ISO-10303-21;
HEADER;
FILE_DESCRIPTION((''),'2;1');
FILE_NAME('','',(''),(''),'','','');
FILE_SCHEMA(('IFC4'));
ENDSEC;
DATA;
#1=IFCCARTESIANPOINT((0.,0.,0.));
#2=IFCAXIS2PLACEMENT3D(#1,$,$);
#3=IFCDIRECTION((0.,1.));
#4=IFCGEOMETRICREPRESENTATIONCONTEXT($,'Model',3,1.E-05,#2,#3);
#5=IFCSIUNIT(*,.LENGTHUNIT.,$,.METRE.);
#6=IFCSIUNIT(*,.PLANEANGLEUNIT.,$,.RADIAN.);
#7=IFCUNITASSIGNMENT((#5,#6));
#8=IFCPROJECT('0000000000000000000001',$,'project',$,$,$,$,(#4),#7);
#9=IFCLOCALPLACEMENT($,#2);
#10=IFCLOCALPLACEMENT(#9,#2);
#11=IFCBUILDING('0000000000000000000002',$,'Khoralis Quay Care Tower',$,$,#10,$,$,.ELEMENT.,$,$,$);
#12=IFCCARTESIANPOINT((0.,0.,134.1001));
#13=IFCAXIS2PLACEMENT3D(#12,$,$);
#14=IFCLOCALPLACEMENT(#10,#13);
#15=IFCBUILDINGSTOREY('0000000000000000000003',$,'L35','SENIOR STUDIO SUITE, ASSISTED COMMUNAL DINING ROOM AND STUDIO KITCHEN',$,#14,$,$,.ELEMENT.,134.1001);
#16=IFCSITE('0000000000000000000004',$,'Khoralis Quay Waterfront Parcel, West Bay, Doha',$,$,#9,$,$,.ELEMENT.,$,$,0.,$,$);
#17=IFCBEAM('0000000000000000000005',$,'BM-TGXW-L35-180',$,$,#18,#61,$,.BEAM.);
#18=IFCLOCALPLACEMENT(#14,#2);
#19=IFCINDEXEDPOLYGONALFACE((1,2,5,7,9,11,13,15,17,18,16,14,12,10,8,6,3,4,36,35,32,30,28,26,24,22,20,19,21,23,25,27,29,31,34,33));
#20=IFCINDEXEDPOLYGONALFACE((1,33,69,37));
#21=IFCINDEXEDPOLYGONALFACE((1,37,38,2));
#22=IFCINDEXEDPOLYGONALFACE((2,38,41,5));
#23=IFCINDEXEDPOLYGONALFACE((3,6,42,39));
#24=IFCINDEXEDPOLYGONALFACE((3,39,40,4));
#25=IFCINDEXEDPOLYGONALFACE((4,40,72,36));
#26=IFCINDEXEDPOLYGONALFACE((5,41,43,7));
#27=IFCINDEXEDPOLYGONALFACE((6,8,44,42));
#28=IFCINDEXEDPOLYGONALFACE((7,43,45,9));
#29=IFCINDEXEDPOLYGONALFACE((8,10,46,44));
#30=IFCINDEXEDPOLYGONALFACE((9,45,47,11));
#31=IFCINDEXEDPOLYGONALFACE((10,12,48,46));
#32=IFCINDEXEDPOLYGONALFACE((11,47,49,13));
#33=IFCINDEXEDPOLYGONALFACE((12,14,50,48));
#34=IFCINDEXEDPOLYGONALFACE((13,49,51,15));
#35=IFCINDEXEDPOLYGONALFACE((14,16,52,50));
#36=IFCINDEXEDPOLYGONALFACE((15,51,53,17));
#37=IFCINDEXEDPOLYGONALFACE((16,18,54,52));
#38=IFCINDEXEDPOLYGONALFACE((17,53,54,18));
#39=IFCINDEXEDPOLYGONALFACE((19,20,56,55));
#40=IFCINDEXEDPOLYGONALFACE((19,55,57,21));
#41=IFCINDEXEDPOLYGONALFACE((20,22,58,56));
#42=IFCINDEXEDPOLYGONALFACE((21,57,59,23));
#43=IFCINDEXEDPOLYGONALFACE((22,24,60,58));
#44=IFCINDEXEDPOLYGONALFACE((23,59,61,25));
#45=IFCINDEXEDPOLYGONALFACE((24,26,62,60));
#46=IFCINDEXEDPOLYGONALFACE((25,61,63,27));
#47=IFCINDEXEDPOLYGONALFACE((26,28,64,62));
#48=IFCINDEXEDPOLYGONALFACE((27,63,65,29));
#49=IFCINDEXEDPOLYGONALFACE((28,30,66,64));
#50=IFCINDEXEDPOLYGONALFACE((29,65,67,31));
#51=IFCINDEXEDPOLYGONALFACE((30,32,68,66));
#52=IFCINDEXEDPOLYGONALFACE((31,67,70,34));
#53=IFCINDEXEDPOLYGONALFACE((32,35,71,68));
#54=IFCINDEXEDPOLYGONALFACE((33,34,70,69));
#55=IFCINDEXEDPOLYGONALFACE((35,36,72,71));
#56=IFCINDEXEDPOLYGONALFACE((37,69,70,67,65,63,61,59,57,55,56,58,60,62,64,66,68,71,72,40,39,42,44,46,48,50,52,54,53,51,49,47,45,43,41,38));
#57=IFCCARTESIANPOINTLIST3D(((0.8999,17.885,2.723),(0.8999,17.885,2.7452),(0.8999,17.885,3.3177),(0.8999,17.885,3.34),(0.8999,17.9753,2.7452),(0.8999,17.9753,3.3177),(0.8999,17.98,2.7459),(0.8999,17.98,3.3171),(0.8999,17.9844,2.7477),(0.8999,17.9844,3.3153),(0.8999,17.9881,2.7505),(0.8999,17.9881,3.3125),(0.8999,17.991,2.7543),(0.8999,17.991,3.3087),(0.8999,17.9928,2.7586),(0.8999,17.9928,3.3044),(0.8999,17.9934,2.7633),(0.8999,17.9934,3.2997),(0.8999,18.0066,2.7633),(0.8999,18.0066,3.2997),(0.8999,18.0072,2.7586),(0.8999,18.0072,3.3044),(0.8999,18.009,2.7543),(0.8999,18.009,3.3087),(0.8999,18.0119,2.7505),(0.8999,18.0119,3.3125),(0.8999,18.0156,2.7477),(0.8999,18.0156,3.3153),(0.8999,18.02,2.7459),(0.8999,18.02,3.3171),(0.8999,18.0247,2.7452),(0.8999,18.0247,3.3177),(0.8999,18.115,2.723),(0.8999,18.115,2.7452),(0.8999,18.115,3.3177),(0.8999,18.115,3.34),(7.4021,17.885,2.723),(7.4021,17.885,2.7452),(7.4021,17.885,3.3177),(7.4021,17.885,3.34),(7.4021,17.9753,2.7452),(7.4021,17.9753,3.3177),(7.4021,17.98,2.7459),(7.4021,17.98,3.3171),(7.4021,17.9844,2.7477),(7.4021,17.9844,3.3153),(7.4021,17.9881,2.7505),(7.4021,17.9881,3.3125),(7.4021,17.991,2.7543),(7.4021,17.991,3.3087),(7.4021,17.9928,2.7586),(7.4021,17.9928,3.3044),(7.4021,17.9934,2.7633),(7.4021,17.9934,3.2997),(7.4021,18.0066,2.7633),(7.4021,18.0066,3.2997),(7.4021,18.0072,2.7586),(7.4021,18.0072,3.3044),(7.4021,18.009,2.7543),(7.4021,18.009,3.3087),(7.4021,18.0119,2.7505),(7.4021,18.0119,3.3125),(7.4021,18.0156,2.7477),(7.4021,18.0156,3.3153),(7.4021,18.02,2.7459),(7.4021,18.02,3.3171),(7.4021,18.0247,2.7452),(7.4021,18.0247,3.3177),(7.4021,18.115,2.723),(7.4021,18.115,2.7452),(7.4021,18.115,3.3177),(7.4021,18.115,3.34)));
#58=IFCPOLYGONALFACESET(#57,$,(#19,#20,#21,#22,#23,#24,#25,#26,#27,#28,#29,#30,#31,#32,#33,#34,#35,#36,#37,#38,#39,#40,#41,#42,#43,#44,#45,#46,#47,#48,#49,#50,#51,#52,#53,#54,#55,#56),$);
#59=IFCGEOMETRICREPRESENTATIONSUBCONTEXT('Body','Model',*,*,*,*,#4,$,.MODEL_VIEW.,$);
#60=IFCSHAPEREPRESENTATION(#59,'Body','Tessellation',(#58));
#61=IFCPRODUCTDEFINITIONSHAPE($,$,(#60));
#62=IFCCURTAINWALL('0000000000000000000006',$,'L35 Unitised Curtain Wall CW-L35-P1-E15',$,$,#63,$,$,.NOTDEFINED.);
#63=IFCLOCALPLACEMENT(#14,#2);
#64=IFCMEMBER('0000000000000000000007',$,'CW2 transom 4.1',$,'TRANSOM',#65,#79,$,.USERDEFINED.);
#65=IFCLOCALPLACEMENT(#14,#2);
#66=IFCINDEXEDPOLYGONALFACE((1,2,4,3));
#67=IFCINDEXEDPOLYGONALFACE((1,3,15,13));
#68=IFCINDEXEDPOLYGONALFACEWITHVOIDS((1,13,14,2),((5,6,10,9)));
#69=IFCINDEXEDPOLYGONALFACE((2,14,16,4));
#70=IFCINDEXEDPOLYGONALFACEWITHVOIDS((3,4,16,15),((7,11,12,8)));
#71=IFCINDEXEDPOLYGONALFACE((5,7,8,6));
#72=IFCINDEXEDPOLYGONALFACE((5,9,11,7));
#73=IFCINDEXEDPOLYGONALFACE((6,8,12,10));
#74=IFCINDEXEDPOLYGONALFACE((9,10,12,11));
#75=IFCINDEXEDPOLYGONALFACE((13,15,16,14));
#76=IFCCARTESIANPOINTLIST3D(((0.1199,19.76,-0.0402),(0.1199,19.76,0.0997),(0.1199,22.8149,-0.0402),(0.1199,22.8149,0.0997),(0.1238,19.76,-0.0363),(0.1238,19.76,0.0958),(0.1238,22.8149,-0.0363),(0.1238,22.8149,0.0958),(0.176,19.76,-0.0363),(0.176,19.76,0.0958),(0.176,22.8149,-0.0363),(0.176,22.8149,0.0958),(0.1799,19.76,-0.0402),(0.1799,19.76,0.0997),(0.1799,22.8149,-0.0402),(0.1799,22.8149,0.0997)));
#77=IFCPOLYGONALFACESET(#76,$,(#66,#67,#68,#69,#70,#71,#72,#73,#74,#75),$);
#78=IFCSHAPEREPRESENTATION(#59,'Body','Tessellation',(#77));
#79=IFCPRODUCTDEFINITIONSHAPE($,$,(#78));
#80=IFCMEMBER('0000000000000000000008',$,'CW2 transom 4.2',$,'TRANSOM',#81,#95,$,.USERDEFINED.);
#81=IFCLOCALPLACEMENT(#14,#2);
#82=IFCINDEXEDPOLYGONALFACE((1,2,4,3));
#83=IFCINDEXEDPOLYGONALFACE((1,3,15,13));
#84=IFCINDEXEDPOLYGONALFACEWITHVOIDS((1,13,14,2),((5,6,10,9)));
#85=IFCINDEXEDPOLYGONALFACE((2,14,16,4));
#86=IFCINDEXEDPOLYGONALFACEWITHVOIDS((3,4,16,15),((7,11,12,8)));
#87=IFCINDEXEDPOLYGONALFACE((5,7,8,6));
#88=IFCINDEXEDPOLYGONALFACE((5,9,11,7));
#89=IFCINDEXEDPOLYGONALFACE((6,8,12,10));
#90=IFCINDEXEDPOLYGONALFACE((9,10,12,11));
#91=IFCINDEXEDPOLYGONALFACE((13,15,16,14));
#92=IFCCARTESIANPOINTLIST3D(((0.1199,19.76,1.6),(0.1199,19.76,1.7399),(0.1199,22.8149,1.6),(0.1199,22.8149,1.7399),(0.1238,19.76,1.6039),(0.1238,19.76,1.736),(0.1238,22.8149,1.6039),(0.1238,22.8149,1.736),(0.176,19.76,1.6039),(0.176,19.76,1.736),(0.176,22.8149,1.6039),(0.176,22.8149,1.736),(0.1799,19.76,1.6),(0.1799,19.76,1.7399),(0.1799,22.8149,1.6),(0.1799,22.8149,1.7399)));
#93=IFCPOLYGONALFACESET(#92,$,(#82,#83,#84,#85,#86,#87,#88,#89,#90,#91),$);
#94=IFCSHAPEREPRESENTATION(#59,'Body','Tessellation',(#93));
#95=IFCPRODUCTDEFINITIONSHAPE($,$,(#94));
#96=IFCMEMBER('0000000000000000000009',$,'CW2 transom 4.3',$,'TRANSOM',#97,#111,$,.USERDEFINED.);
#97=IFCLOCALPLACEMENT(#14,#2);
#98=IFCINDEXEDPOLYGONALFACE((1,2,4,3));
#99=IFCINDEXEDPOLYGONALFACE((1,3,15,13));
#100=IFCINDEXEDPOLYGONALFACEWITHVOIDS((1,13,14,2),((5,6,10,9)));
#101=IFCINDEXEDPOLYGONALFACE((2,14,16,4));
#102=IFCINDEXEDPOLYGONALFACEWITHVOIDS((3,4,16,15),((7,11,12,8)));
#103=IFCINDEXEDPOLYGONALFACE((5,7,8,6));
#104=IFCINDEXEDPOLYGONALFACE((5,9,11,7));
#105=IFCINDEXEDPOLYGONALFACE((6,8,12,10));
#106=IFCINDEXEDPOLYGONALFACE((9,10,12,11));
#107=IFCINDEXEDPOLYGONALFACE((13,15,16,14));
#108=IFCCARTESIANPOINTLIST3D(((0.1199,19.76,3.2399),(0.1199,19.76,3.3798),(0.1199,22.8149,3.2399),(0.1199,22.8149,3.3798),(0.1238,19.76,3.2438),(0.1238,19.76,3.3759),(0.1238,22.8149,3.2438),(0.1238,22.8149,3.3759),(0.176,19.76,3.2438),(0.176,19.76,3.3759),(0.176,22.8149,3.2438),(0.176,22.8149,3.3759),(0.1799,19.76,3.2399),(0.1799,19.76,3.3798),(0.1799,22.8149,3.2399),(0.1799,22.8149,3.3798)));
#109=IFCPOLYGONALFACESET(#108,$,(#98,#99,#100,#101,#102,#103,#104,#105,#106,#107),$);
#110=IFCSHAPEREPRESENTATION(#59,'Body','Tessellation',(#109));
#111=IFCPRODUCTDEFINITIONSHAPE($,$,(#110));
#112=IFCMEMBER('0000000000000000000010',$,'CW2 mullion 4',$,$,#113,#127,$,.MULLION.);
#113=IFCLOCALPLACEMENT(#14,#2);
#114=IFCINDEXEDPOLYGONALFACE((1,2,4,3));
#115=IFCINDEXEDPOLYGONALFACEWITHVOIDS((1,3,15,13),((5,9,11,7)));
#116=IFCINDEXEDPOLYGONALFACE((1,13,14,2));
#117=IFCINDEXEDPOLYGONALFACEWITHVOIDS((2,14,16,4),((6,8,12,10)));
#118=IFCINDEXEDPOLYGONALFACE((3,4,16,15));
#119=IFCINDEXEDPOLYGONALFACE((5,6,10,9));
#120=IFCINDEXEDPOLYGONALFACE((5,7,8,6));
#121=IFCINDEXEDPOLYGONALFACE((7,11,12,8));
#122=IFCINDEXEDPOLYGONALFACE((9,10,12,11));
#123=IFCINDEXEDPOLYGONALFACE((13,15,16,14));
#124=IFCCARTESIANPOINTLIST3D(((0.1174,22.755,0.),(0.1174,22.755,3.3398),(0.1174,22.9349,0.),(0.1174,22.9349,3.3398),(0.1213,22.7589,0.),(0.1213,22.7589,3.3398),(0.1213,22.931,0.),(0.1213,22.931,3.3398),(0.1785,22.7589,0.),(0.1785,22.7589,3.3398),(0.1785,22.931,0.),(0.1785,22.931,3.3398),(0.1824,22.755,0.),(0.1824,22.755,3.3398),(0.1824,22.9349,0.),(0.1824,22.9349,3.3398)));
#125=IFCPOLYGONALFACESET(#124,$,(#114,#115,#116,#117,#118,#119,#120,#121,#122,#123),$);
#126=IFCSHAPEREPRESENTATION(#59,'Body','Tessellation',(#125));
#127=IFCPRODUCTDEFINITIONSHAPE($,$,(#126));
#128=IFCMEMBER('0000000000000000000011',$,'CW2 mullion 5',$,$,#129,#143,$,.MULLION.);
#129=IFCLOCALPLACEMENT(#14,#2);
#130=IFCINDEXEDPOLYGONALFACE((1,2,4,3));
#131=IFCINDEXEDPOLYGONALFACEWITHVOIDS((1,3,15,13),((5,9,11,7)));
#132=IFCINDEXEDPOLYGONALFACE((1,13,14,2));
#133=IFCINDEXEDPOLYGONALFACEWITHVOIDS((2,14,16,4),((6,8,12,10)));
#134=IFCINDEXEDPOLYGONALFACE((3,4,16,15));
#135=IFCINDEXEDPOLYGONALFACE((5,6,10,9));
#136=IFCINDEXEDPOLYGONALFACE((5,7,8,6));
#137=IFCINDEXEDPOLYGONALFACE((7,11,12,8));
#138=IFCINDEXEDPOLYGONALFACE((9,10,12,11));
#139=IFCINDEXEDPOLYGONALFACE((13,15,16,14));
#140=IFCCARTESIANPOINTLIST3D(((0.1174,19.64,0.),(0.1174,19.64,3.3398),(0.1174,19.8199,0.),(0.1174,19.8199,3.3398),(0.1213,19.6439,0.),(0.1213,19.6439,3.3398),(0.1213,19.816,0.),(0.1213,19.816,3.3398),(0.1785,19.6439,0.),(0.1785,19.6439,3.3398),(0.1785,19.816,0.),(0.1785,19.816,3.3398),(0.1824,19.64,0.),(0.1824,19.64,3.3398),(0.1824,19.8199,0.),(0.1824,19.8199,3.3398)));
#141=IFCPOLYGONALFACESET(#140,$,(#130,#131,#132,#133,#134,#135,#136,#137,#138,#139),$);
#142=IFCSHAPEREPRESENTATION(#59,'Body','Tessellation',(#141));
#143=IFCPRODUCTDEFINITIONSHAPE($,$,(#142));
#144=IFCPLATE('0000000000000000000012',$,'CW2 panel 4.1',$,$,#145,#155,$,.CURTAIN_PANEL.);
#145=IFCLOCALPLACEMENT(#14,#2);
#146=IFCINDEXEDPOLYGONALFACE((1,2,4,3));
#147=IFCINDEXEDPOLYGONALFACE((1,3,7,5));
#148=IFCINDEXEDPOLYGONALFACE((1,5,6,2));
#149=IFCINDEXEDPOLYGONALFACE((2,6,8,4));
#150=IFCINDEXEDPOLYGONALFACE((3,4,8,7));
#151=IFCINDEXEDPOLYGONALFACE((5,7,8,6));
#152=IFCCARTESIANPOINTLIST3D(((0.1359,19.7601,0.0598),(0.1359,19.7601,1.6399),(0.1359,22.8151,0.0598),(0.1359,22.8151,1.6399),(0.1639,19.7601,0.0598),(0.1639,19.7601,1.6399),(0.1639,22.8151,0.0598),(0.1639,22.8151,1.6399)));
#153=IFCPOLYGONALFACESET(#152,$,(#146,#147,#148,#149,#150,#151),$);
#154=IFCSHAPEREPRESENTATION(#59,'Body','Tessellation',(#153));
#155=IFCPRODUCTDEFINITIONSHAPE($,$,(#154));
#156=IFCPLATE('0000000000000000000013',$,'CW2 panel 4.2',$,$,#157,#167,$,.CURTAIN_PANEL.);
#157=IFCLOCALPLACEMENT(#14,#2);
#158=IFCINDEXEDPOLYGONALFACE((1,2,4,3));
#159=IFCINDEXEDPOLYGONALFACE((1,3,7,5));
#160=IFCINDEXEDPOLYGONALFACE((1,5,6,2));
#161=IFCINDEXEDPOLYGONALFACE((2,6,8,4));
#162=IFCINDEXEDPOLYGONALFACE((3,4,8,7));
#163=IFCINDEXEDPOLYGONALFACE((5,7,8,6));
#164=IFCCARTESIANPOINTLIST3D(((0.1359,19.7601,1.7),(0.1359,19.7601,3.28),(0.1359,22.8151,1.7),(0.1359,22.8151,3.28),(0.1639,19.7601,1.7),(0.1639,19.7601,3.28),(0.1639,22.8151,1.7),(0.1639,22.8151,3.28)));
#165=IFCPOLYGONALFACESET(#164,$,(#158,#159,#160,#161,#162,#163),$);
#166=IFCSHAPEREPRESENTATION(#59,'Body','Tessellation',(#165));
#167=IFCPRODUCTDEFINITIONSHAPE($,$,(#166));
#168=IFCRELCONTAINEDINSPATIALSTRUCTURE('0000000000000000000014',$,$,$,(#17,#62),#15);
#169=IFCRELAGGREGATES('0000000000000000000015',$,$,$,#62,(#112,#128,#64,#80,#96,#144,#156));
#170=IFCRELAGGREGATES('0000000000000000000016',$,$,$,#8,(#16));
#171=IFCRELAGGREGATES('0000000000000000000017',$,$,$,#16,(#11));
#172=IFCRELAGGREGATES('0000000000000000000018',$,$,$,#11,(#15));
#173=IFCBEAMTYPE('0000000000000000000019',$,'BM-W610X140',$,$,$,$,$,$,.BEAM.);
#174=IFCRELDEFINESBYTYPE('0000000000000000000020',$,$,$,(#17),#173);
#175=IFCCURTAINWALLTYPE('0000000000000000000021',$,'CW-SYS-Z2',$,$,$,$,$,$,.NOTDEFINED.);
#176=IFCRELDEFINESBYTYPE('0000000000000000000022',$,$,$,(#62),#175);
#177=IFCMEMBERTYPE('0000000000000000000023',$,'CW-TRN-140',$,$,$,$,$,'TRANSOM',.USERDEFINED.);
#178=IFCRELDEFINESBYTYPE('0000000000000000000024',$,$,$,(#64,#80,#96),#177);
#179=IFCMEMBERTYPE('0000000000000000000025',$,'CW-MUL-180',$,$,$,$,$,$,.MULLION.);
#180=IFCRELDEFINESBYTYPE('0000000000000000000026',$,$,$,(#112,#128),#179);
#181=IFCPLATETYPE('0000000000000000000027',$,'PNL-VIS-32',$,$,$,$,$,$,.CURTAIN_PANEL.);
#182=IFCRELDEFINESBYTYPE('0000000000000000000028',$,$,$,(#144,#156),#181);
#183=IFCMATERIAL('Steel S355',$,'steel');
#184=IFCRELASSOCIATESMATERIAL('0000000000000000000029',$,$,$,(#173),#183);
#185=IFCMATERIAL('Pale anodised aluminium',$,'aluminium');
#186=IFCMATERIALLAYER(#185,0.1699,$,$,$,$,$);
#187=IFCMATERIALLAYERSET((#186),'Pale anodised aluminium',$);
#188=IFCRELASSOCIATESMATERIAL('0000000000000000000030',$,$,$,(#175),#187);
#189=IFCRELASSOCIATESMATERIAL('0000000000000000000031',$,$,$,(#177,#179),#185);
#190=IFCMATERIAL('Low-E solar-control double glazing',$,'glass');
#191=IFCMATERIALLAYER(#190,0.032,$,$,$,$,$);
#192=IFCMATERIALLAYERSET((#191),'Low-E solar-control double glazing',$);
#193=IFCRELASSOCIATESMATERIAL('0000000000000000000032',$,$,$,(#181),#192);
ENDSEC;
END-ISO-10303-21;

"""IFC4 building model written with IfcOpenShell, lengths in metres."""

from ifc_helpers import new_model, si_unit, direction, frame, origin, origin_2d, place, context, subcontext, project, spatial, rectangle, hollow_rectangle, i_section, extrude, source, transform, mapped, material, layer, layer_set, material_profile, profile_set, type_object, element, aggregate, save


model = new_model("IFC4")

# Units and contexts
model_context = context("Model", 3, precision=1e-05, world=origin(), true_north=direction((0.0, 1.0)))
body_context = subcontext(model_context, "Body", "Model", "MODEL_VIEW")
ifc_project = project(units=[si_unit("LENGTHUNIT", "METRE"), si_unit("PLANEANGLEUNIT", "RADIAN")], contexts=[model_context])

# Site, building, storey
site_placement = place(None, origin())
site = spatial("IfcSite", under=ifc_project, at=site_placement, Name="Khoralis Quay Waterfront Parcel, West Bay, Doha", CompositionType="ELEMENT", RefElevation=0.0)
building_placement = place(site_placement, origin())
building = spatial("IfcBuilding", under=site, at=building_placement, Name="Khoralis Quay Care Tower", CompositionType="ELEMENT")
storey_placement = place(building_placement, frame((0.0, 0.0, 134.1001)))
storey = spatial("IfcBuildingStorey", under=building, at=storey_placement, Name="L35", Description="SENIOR STUDIO SUITE, ASSISTED COMMUNAL DINING ROOM AND STUDIO KITCHEN", CompositionType="ELEMENT", Elevation=134.1001)

# Beam
ifc_material_1 = material(Name="Steel S355", Category="steel")
ifc_material_profile_1 = material_profile(ifc_material_1, i_section(OverallWidth=0.23, OverallDepth=0.6169, WebThickness=0.0132, FlangeThickness=0.0222, FilletRadius=0.0181, at=origin_2d()), Name="Steel S355")
ifc_profile_set_1 = profile_set([ifc_material_profile_1], Name="Steel S355")
beam_type_1 = type_object("IfcBeamType", Name="BM-W610X140", PredefinedType="BEAM", material=ifc_profile_set_1)
shared_shape_1 = source(origin(), body_context, "Body", "SweptSolid", [
    extrude(i_section(OverallWidth=0.23, OverallDepth=0.6169, WebThickness=0.0132, FlangeThickness=0.0222, FilletRadius=0.0181, at=origin_2d()), origin(), (0.0, 0.0, 1.0), 6.5022),
])
beam_1_placement = place(storey_placement, frame((0.8999, 18.0, 3.0315), z_axis=(1.0, 0.0, 0.0), x_axis=(0.0, 1.0, 0.0)))
element("IfcBeam", 1, at=beam_1_placement, inside=storey, type_object=beam_type_1, Name="BM-TGXW-L35-180", PredefinedType="BEAM", context=body_context, shape_type="MappedRepresentation", body=[
    mapped(shared_shape_1, transform((0.0, 0.0, 0.0), scale=1.0)),
])

# Curtain wall, members, plates
ifc_material_2 = material(Name="Pale anodised aluminium", Category="aluminium")
ifc_layer_1 = layer(ifc_material_2, 0.1699)
ifc_layer_set_1 = layer_set([ifc_layer_1], Name="Pale anodised aluminium")
curtain_wall_type = type_object("IfcCurtainWallType", Name="CW-SYS-Z2", PredefinedType="NOTDEFINED", material=ifc_layer_set_1)
curtain_wall_placement = place(storey_placement, origin())
curtain_wall = element("IfcCurtainWall", 2, at=curtain_wall_placement, inside=storey, type_object=curtain_wall_type, Name="L35 Unitised Curtain Wall CW-L35-P1-E15", PredefinedType="NOTDEFINED")
ifc_material_profile_2 = material_profile(ifc_material_2, hollow_rectangle(XDim=0.0601, YDim=0.1399, WallThickness=0.0039, at=origin_2d()), Name="Pale anodised aluminium")
ifc_profile_set_2 = profile_set([ifc_material_profile_2], Name="Pale anodised aluminium")
member_type_1 = type_object("IfcMemberType", Name="CW-TRN-140", ElementType="TRANSOM", PredefinedType="USERDEFINED", material=ifc_profile_set_2)
shared_shape_2 = source(origin(), body_context, "Body", "SweptSolid", [
    extrude(hollow_rectangle(XDim=0.0601, YDim=0.1399, WallThickness=0.0039, at=origin_2d()), origin(), (0.0, 0.0, 1.0), 3.0549),
])
member_1_placement = place(storey_placement, frame((0.1499, 22.8149, 0.0298), z_axis=(0.0, -1.0, 0.0), x_axis=(1.0, 0.0, 0.0)))
member_1 = element("IfcMember", 3, at=member_1_placement, type_object=member_type_1, Name="CW2 transom 4.1", ObjectType="TRANSOM", PredefinedType="USERDEFINED", context=body_context, shape_type="MappedRepresentation", body=[
    mapped(shared_shape_2, transform((0.0, 0.0, 0.0), scale=1.0)),
])
member_2_placement = place(storey_placement, frame((0.1499, 22.8149, 1.6699), z_axis=(0.0, -1.0, 0.0), x_axis=(1.0, 0.0, 0.0)))
member_2 = element("IfcMember", 4, at=member_2_placement, type_object=member_type_1, Name="CW2 transom 4.2", ObjectType="TRANSOM", PredefinedType="USERDEFINED", context=body_context, shape_type="MappedRepresentation", body=[
    mapped(shared_shape_2, transform((0.0, 0.0, 0.0), scale=1.0)),
])
member_3_placement = place(storey_placement, frame((0.1499, 22.8149, 3.3098), z_axis=(0.0, -1.0, 0.0), x_axis=(1.0, 0.0, 0.0)))
member_3 = element("IfcMember", 5, at=member_3_placement, type_object=member_type_1, Name="CW2 transom 4.3", ObjectType="TRANSOM", PredefinedType="USERDEFINED", context=body_context, shape_type="MappedRepresentation", body=[
    mapped(shared_shape_2, transform((0.0, 0.0, 0.0), scale=1.0)),
])
ifc_material_profile_3 = material_profile(ifc_material_2, hollow_rectangle(XDim=0.0649, YDim=0.1799, WallThickness=0.0039, at=origin_2d()), Name="Pale anodised aluminium")
ifc_profile_set_3 = profile_set([ifc_material_profile_3], Name="Pale anodised aluminium")
member_type_2 = type_object("IfcMemberType", Name="CW-MUL-180", PredefinedType="MULLION", material=ifc_profile_set_3)
shared_shape_3 = source(origin(), body_context, "Body", "SweptSolid", [
    extrude(hollow_rectangle(XDim=0.0649, YDim=0.1799, WallThickness=0.0039, at=origin_2d()), origin(), (0.0, 0.0, 1.0), 3.3398),
])
member_4_placement = place(storey_placement, frame((0.1499, 22.845, 0.0), z_axis=(0.0, 0.0, 1.0), x_axis=(1.0, 0.0, 0.0)))
member_4 = element("IfcMember", 6, at=member_4_placement, type_object=member_type_2, Name="CW2 mullion 4", PredefinedType="MULLION", context=body_context, shape_type="MappedRepresentation", body=[
    mapped(shared_shape_3, transform((0.0, 0.0, 0.0), scale=1.0)),
])
member_5_placement = place(storey_placement, frame((0.1499, 19.73, 0.0), z_axis=(0.0, 0.0, 1.0), x_axis=(1.0, 0.0, 0.0)))
member_5 = element("IfcMember", 7, at=member_5_placement, type_object=member_type_2, Name="CW2 mullion 5", PredefinedType="MULLION", context=body_context, shape_type="MappedRepresentation", body=[
    mapped(shared_shape_3, transform((0.0, 0.0, 0.0), scale=1.0)),
])
ifc_material_3 = material(Name="Low-E solar-control double glazing", Category="glass")
ifc_layer_2 = layer(ifc_material_3, 0.032)
ifc_layer_set_2 = layer_set([ifc_layer_2], Name="Low-E solar-control double glazing")
plate_type = type_object("IfcPlateType", Name="PNL-VIS-32", PredefinedType="CURTAIN_PANEL", material=ifc_layer_set_2)
shared_shape_4 = source(origin(), body_context, "Body", "SweptSolid", [
    extrude(rectangle(XDim=3.0549, YDim=0.0281, at=origin_2d()), origin(), (0.0, 0.0, 1.0), 1.5801),
])
plate_1_placement = place(storey_placement, frame((0.1499, 21.2876, 0.0598), z_axis=(0.0, 0.0, 1.0), x_axis=(0.0, -1.0, 0.0)))
plate_1 = element("IfcPlate", 8, at=plate_1_placement, type_object=plate_type, Name="CW2 panel 4.1", PredefinedType="CURTAIN_PANEL", context=body_context, shape_type="MappedRepresentation", body=[
    mapped(shared_shape_4, transform((0.0, 0.0, 0.0), scale=1.0)),
])
plate_2_placement = place(storey_placement, frame((0.1499, 21.2876, 1.7), z_axis=(0.0, 0.0, 1.0), x_axis=(0.0, -1.0, 0.0)))
plate_2 = element("IfcPlate", 9, at=plate_2_placement, type_object=plate_type, Name="CW2 panel 4.2", PredefinedType="CURTAIN_PANEL", context=body_context, shape_type="MappedRepresentation", body=[
    mapped(shared_shape_4, transform((0.0, 0.0, 0.0), scale=1.0)),
])
aggregate(curtain_wall, [member_4, member_5, member_1, member_2, member_3, plate_1, plate_2])

save(model, "model.ifc")
